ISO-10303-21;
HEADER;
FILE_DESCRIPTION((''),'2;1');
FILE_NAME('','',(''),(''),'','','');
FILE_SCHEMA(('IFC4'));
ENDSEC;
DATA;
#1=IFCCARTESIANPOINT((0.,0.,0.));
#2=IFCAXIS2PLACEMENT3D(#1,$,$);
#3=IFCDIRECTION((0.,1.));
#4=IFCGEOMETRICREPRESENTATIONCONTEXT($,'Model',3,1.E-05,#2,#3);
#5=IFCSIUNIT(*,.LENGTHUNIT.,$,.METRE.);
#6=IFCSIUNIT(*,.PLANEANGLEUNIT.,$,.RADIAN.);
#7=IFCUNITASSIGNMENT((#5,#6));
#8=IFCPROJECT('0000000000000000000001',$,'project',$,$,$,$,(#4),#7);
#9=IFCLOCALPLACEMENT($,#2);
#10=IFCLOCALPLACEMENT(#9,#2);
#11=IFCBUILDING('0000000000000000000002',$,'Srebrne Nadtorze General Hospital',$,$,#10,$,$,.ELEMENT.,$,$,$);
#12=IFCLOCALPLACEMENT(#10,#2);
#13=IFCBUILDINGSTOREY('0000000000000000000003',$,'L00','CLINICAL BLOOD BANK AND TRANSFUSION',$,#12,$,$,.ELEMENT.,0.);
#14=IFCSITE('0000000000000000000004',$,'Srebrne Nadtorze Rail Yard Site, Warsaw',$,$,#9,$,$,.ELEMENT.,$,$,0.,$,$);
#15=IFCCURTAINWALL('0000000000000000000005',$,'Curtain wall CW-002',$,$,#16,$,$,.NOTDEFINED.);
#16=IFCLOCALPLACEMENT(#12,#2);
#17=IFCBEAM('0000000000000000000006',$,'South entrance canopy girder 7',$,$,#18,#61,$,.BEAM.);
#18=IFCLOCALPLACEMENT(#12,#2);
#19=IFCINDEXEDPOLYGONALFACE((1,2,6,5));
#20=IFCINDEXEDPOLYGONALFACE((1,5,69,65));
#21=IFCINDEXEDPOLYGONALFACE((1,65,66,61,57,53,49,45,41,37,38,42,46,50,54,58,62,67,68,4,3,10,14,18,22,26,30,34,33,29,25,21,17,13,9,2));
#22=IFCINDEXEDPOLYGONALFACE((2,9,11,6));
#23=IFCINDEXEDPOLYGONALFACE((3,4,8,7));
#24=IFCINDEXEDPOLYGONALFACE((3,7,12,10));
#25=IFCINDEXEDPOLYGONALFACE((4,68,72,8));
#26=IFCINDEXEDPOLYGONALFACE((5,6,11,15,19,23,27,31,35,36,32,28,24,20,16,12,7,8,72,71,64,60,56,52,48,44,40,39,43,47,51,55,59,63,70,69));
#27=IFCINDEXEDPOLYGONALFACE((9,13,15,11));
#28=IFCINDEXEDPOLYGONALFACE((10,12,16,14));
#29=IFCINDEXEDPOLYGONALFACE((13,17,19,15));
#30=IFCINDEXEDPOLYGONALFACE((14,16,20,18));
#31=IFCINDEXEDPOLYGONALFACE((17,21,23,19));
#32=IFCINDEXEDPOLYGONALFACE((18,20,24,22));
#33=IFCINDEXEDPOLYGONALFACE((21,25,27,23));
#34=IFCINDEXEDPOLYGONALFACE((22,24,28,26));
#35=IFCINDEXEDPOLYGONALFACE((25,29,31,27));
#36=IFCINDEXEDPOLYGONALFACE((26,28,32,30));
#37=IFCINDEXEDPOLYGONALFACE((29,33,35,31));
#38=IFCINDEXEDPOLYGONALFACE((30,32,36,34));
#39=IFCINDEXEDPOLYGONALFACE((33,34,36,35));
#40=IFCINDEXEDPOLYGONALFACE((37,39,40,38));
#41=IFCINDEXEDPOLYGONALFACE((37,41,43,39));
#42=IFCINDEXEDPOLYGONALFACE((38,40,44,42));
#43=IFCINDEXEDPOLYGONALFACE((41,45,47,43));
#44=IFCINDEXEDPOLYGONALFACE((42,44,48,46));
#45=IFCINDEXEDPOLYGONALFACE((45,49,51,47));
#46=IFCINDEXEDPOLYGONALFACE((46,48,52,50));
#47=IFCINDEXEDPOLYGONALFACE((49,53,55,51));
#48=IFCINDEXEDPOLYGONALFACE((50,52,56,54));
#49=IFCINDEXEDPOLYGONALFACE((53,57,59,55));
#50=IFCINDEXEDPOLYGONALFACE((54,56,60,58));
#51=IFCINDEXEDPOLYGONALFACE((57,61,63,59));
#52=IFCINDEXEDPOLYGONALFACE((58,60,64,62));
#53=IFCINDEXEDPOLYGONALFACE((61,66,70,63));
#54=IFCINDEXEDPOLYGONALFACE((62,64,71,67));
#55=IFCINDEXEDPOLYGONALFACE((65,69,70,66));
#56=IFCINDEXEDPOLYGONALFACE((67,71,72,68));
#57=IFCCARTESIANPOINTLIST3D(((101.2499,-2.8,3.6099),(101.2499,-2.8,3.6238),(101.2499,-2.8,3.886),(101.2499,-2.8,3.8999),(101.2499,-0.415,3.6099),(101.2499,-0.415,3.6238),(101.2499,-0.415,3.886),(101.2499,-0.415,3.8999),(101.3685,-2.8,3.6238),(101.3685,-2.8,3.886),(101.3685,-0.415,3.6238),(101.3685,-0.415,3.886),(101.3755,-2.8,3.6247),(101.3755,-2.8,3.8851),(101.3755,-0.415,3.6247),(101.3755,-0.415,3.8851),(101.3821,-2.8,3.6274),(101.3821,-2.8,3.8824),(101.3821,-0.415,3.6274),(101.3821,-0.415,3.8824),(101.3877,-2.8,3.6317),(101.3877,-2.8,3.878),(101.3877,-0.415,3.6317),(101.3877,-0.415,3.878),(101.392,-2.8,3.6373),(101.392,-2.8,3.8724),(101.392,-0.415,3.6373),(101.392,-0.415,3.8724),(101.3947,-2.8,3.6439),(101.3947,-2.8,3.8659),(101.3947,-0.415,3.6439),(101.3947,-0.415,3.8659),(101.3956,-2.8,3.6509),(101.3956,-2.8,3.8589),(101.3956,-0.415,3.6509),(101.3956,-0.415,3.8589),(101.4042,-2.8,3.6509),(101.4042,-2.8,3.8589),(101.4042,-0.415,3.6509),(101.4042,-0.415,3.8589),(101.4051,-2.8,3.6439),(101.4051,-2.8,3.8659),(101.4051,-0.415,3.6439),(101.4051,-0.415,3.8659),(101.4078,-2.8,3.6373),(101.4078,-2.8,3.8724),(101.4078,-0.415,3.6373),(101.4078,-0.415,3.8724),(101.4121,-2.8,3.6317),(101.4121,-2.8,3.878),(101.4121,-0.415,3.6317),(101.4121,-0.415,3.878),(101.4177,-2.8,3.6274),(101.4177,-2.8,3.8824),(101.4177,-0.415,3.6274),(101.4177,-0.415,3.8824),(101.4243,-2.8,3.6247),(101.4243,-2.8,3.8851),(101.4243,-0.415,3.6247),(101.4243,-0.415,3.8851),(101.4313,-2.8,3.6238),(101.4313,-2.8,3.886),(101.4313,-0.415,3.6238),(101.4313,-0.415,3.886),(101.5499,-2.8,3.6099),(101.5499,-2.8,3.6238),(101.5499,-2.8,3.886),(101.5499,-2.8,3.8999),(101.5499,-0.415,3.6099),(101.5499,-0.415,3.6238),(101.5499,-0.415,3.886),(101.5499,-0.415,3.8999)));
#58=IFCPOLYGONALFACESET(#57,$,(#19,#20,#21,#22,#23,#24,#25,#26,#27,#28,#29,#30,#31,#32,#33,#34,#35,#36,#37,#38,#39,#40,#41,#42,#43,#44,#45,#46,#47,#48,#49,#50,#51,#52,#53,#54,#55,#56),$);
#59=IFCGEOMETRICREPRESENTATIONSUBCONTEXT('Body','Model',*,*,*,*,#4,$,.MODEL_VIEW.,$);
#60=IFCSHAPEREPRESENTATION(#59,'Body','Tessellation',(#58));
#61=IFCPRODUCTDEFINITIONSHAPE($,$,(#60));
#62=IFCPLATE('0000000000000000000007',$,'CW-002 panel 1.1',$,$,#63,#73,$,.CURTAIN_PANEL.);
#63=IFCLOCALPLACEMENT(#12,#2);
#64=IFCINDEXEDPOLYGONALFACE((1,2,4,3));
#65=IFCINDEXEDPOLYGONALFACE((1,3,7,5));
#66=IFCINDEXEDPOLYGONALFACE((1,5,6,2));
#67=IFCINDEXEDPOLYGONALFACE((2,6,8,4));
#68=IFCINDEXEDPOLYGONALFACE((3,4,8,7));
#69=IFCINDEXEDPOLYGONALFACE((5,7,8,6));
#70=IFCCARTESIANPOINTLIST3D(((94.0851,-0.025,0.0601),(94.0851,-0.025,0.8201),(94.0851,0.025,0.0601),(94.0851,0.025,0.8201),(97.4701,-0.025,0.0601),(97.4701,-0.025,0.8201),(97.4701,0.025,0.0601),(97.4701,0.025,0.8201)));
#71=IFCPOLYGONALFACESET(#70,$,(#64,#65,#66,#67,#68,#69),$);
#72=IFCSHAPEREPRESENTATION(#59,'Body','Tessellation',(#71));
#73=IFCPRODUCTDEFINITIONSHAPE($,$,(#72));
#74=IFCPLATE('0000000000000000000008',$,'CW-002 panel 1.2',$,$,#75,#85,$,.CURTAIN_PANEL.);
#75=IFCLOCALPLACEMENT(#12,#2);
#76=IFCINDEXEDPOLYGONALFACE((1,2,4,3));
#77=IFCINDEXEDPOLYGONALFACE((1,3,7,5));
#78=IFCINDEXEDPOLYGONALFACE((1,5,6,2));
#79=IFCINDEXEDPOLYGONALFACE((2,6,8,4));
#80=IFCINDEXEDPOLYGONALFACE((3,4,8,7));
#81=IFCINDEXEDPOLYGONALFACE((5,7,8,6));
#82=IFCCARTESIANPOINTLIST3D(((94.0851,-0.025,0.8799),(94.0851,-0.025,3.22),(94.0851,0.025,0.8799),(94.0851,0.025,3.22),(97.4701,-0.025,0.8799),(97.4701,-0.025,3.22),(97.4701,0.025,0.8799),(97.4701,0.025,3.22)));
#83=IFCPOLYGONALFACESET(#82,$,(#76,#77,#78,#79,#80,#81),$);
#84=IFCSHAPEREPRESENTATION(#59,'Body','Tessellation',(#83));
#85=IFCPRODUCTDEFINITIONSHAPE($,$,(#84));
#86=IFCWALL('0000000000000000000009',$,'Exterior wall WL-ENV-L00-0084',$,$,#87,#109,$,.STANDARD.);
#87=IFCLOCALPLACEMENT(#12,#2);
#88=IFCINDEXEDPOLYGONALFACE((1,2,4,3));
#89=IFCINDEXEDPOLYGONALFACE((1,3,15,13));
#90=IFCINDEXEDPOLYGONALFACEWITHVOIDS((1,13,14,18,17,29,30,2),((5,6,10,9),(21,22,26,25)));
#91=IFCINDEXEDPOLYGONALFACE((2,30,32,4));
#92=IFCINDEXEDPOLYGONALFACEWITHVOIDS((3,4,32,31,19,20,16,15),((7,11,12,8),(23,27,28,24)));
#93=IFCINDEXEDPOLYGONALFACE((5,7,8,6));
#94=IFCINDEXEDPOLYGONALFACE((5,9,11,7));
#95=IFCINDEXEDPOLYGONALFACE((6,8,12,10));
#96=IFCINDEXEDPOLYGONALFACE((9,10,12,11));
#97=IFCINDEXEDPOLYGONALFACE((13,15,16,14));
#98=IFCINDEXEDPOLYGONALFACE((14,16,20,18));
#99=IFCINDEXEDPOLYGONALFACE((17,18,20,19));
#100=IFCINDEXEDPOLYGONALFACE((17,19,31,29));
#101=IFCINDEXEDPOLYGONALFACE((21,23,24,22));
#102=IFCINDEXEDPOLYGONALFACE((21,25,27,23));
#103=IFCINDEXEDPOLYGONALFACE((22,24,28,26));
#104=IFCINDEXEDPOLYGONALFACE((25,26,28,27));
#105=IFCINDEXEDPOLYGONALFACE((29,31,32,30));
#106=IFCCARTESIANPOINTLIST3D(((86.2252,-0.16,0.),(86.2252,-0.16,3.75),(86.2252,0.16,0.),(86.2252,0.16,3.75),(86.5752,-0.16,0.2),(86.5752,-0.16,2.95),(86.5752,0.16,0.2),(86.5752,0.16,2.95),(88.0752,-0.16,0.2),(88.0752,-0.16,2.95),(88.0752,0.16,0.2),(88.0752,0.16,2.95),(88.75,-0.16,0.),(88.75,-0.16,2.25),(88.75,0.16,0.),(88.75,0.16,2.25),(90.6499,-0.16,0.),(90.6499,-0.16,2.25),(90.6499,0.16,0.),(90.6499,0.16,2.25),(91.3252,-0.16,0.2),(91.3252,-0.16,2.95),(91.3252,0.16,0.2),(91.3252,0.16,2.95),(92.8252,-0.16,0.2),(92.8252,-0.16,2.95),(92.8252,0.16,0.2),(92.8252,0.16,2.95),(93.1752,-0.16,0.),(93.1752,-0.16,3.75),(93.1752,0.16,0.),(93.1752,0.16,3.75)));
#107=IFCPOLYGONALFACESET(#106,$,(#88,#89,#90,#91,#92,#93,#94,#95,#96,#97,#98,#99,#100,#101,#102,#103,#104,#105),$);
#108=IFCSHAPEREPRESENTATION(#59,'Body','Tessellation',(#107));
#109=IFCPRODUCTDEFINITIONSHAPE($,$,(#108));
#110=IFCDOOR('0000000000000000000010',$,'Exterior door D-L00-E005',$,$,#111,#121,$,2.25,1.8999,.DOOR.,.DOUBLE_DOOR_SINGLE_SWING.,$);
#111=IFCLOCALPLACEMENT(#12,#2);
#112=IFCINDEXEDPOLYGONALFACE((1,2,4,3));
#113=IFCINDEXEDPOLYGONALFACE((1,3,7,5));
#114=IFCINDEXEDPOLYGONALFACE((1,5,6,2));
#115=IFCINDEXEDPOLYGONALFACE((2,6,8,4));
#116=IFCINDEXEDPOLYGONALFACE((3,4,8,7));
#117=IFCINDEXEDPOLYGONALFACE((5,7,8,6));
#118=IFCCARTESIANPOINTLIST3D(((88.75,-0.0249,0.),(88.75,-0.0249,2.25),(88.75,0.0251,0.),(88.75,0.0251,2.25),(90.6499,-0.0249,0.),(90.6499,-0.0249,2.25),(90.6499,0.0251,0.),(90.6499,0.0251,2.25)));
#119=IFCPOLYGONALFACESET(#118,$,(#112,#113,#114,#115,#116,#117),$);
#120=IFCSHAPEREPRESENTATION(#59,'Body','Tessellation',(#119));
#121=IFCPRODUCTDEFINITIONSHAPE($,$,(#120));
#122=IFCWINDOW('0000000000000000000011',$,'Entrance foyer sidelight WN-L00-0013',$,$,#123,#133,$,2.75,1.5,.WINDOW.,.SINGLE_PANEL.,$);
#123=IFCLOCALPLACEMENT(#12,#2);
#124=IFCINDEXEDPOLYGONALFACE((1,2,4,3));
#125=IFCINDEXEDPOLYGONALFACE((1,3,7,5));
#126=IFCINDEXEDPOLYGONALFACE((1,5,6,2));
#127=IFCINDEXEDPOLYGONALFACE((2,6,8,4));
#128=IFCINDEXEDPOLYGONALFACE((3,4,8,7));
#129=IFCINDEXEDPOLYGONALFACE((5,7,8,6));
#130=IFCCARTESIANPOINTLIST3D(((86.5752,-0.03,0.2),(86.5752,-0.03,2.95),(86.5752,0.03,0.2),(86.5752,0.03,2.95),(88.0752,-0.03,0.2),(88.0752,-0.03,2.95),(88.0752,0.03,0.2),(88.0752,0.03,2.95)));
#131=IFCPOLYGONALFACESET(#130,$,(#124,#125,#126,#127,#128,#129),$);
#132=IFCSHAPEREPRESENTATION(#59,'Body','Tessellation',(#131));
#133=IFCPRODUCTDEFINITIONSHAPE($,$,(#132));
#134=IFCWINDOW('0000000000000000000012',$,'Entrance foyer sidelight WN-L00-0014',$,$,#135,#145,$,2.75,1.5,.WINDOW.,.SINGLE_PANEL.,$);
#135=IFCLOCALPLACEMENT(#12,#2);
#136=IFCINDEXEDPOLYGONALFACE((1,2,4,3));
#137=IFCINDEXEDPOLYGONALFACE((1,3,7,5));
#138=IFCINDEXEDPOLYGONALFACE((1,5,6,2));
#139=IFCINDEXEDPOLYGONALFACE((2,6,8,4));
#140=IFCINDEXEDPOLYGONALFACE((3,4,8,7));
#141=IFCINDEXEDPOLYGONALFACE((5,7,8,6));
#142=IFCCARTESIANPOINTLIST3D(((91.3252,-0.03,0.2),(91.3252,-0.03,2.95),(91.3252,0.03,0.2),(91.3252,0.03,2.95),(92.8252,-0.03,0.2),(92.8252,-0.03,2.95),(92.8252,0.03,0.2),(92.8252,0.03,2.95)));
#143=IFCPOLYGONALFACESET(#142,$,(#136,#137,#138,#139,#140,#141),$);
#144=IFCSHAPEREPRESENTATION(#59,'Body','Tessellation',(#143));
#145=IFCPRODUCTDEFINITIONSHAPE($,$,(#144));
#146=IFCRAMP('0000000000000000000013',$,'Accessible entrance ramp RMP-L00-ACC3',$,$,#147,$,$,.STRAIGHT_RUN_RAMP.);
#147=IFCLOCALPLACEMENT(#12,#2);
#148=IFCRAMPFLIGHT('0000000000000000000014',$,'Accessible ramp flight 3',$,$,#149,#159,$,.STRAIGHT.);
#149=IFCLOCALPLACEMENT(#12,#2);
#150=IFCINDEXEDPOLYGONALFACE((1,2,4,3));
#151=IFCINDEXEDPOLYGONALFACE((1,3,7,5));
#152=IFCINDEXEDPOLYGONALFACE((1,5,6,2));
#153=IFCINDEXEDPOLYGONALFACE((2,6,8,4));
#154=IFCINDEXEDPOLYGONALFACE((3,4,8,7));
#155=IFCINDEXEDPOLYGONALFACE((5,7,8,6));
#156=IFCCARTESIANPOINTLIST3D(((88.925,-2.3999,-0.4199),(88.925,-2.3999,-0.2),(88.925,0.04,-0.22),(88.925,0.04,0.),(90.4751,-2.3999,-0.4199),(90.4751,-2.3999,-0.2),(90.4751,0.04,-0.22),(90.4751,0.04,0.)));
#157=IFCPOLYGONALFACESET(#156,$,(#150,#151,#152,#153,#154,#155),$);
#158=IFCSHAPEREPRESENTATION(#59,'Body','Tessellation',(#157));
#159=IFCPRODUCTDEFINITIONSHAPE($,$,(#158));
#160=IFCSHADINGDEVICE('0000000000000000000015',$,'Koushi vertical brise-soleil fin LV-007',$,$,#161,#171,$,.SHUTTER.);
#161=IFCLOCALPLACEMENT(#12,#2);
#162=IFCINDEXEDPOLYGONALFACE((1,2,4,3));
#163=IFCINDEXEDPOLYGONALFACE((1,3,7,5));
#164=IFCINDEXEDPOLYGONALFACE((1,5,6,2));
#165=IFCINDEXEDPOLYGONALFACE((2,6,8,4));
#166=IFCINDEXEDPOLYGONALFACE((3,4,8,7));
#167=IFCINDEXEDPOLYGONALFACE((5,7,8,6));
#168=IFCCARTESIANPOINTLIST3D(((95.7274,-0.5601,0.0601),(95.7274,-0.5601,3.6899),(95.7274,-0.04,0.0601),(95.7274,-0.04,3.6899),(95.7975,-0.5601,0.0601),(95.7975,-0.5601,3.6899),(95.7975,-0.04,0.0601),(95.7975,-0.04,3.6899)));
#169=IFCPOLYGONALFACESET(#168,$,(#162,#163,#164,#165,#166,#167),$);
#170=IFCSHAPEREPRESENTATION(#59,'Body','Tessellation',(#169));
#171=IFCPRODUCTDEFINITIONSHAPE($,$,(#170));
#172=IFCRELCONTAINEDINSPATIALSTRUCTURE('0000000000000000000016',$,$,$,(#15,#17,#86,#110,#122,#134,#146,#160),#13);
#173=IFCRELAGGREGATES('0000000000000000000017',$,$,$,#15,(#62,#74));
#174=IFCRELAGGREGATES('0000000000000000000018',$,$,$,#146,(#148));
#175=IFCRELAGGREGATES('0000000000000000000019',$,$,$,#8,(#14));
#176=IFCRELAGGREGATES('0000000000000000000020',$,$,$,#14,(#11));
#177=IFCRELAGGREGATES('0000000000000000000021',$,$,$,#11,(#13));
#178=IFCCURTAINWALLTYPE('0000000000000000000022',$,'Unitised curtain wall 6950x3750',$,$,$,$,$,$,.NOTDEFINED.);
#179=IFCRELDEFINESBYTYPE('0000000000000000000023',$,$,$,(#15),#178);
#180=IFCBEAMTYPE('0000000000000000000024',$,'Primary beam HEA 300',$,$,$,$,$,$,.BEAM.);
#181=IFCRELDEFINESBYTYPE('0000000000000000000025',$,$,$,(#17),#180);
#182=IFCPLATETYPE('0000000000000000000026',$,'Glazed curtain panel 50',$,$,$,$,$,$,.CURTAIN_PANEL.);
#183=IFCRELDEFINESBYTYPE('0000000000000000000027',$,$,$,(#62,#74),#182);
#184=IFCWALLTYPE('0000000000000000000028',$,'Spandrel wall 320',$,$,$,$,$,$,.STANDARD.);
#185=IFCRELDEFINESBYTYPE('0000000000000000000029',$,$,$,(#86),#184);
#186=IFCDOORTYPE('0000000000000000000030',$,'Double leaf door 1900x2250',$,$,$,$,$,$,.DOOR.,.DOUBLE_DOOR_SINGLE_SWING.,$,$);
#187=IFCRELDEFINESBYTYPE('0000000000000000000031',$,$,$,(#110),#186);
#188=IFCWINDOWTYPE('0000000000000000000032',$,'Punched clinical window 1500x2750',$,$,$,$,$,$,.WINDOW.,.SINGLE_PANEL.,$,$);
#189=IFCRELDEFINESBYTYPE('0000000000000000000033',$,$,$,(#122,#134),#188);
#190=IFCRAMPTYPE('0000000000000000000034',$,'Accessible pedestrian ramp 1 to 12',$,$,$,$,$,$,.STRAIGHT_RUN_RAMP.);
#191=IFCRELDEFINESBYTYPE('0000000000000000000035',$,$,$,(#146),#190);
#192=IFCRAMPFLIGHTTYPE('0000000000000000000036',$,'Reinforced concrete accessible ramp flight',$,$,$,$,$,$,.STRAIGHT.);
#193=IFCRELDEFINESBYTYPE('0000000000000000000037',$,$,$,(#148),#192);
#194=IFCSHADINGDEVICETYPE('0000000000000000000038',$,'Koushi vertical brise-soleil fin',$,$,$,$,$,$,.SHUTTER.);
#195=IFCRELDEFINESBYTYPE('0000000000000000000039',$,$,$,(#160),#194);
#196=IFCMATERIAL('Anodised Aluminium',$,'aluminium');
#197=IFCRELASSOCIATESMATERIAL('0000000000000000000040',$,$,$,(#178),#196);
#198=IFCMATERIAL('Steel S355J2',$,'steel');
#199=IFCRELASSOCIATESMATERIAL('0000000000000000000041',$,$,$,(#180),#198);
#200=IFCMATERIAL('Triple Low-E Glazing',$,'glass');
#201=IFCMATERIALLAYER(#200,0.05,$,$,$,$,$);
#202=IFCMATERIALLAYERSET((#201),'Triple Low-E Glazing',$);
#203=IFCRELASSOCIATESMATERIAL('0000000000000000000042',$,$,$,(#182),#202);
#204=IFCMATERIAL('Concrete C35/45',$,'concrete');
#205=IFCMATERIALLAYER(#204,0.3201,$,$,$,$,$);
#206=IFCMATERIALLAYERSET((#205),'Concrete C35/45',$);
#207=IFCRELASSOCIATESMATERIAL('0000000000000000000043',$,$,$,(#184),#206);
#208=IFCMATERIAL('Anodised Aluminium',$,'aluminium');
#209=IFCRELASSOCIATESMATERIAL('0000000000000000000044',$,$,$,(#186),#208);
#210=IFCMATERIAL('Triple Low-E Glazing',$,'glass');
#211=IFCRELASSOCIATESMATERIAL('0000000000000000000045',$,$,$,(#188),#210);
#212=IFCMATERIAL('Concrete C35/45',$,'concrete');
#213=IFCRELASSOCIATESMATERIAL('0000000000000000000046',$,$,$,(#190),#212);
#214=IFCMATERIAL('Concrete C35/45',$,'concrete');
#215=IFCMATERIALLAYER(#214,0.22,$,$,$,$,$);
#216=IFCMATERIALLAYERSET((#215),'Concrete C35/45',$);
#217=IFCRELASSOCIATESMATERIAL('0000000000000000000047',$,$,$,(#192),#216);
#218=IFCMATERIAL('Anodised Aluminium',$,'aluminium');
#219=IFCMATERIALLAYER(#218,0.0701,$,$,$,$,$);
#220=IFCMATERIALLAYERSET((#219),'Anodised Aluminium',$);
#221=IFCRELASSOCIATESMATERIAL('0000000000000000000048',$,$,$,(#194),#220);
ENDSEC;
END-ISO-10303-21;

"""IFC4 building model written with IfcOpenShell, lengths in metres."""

from ifc_helpers import new_model, si_unit, direction, frame, frame_2d, origin, origin_2d, place, context, subcontext, project, spatial, polyline, rectangle, i_section, outline, extrude, material, layer, layer_set, material_profile, profile_set, type_object, element, fill, aggregate, save


model = new_model("IFC4")

# Units and contexts
model_context = context("Model", 3, precision=1e-05, world=origin(), true_north=direction((0.0, 1.0)))
body_context = subcontext(model_context, "Body", "Model", "MODEL_VIEW")
ifc_project = project(units=[si_unit("LENGTHUNIT", "METRE"), si_unit("PLANEANGLEUNIT", "RADIAN")], contexts=[model_context])

# Site, building, storey
site_placement = place(None, origin())
site = spatial("IfcSite", under=ifc_project, at=site_placement, Name="Srebrne Nadtorze Rail Yard Site, Warsaw", CompositionType="ELEMENT", RefElevation=0.0)
building_placement = place(site_placement, origin())
building = spatial("IfcBuilding", under=site, at=building_placement, Name="Srebrne Nadtorze General Hospital", CompositionType="ELEMENT")
storey_placement = place(building_placement, origin())
storey = spatial("IfcBuildingStorey", under=building, at=storey_placement, Name="L00", Description="CLINICAL BLOOD BANK AND TRANSFUSION", CompositionType="ELEMENT", Elevation=0.0)

# Curtain wall
ifc_material_1 = material(Name="Anodised Aluminium", Category="aluminium")
curtain_wall_type = type_object("IfcCurtainWallType", Name="Unitised curtain wall 6950x3750", PredefinedType="NOTDEFINED", material=ifc_material_1)
curtain_wall_placement = place(storey_placement, origin())
curtain_wall = element("IfcCurtainWall", 1, at=curtain_wall_placement, inside=storey, type_object=curtain_wall_type, Name="Curtain wall CW-002", PredefinedType="NOTDEFINED")

# Beam
ifc_material_2 = material(Name="Steel S355J2", Category="steel")
ifc_material_profile_1 = material_profile(ifc_material_2, i_section(OverallWidth=0.3, OverallDepth=0.29, WebThickness=0.0085, FlangeThickness=0.0139, FilletRadius=0.0271, at=origin_2d()), Name="HEA-300")
ifc_profile_set_1 = profile_set([ifc_material_profile_1], Name="Steel S355J2")
beam_type_1 = type_object("IfcBeamType", Name="Primary beam HEA 300", PredefinedType="BEAM", material=ifc_profile_set_1)
for number, where, z_axis, x_axis, name in (
    (2, (101.3999, -0.415, 3.7549), (0.0, -1.0, 0.0), (1.0, 0.0, 0.0), "South entrance canopy girder 7"),
):
    element("IfcBeam", number, at=place(storey_placement, frame(where, z_axis=z_axis, x_axis=x_axis)), inside=storey, type_object=beam_type_1, Name=name, PredefinedType="BEAM", context=body_context, shape_type="SweptSolid", body=[
        extrude(i_section(OverallWidth=0.3, OverallDepth=0.29, WebThickness=0.0085, FlangeThickness=0.0139, FilletRadius=0.0271, at=origin_2d()), origin(), (0.0, 0.0, 1.0), 2.385),
    ])

# Plates
ifc_material_3 = material(Name="Triple Low-E Glazing", Category="glass")
ifc_layer_1 = layer(ifc_material_3, 0.05)
ifc_layer_set_1 = layer_set([ifc_layer_1], Name="Triple Low-E Glazing")
plate_type = type_object("IfcPlateType", Name="Glazed curtain panel 50", PredefinedType="CURTAIN_PANEL", material=ifc_layer_set_1)
plate_1_placement = place(storey_placement, frame((95.7776, 0.0, 0.0601), z_axis=(0.0, 0.0, 1.0), x_axis=(1.0, 0.0, 0.0)))
plate_1 = element("IfcPlate", 3, at=plate_1_placement, type_object=plate_type, Name="CW-002 panel 1.1", PredefinedType="CURTAIN_PANEL", context=body_context, shape_type="SweptSolid", body=[
    extrude(rectangle(XDim=3.385, YDim=0.05, at=origin_2d()), origin(), (0.0, 0.0, 1.0), 0.76),
])
plate_2_placement = place(storey_placement, frame((95.7776, 0.0, 0.8799), z_axis=(0.0, 0.0, 1.0), x_axis=(1.0, 0.0, 0.0)))
plate_2 = element("IfcPlate", 4, at=plate_2_placement, type_object=plate_type, Name="CW-002 panel 1.2", PredefinedType="CURTAIN_PANEL", context=body_context, shape_type="SweptSolid", body=[
    extrude(rectangle(XDim=3.385, YDim=0.05, at=origin_2d()), origin(), (0.0, 0.0, 1.0), 2.3401),
])
aggregate(curtain_wall, [plate_1, plate_2])

# Wall, openings, door, windows
ifc_material_4 = material(Name="Concrete C35/45", Category="concrete")
ifc_layer_2 = layer(ifc_material_4, 0.3201)
ifc_layer_set_2 = layer_set([ifc_layer_2], Name="Concrete C35/45")
wall_type = type_object("IfcWallType", Name="Spandrel wall 320", PredefinedType="STANDARD", material=ifc_layer_set_2)
wall_placement = place(storey_placement, frame((86.2251, 0.0, 0.0), z_axis=(0.0, 0.0, 1.0), x_axis=(1.0, 0.0, 0.0)))
wall = element("IfcWall", 5, at=wall_placement, inside=storey, type_object=wall_type, Name="Exterior wall WL-ENV-L00-0084", PredefinedType="STANDARD", context=body_context, shape_type="SweptSolid", body=[
    extrude(rectangle(XDim=6.95, YDim=0.3201, at=frame_2d((3.4751, 0.0))), origin(), (0.0, 0.0, 1.0), 3.75),
])
opening_1_placement = place(wall_placement, frame((2.5249, 0.0, 0.0)))
opening_1 = element("IfcOpeningElement", 6, at=opening_1_placement, cuts=wall, PredefinedType="OPENING", context=body_context, shape_type="SweptSolid", body=[
    extrude(rectangle(XDim=1.8999, YDim=2.25, at=frame_2d((0.95, 1.125))), frame((0.0, 0.1719, 0.0), z_axis=(0.0, -1.0, 0.0), x_axis=(1.0, 0.0, 0.0)), (0.0, 0.0, 1.0), 0.344),
])
opening_2_placement = place(wall_placement, frame((0.3501, 0.0, 0.2)))
opening_2 = element("IfcOpeningElement", 7, at=opening_2_placement, cuts=wall, PredefinedType="OPENING", context=body_context, shape_type="SweptSolid", body=[
    extrude(rectangle(XDim=1.5, YDim=2.75, at=frame_2d((0.75, 1.375))), frame((0.0, 0.1719, 0.0), z_axis=(0.0, -1.0, 0.0), x_axis=(1.0, 0.0, 0.0)), (0.0, 0.0, 1.0), 0.344),
])
opening_3_placement = place(wall_placement, frame((5.1001, 0.0, 0.2)))
opening_3 = element("IfcOpeningElement", 8, at=opening_3_placement, cuts=wall, PredefinedType="OPENING", context=body_context, shape_type="SweptSolid", body=[
    extrude(rectangle(XDim=1.5, YDim=2.75, at=frame_2d((0.75, 1.375))), frame((0.0, 0.1719, 0.0), z_axis=(0.0, -1.0, 0.0), x_axis=(1.0, 0.0, 0.0)), (0.0, 0.0, 1.0), 0.344),
])
ifc_material_5 = material(Name="Anodised Aluminium", Category="aluminium")
door_type = type_object("IfcDoorType", Name="Double leaf door 1900x2250", OperationType="DOUBLE_DOOR_SINGLE_SWING", PredefinedType="DOOR", material=ifc_material_5)
door_placement = place(opening_1_placement, frame((1.8999, 0.0, 0.0), z_axis=(0.0, 0.0, 1.0), x_axis=(-1.0, 0.0, 0.0)))
door = element("IfcDoor", 9, at=door_placement, inside=storey, type_object=door_type, Name="Exterior door D-L00-E005", OperationType="DOUBLE_DOOR_SINGLE_SWING", OverallHeight=2.25, OverallWidth=1.8999, PredefinedType="DOOR", context=body_context, shape_type="SweptSolid", body=[
    extrude(rectangle(XDim=1.8999, YDim=2.25, at=frame_2d((0.95, 1.125))), frame((0.0, 0.0249, 0.0), z_axis=(0.0, -1.0, 0.0), x_axis=(1.0, 0.0, 0.0)), (0.0, 0.0, 1.0), 0.05),
])
fill(opening_1, door)
ifc_material_6 = material(Name="Triple Low-E Glazing", Category="glass")
window_type = type_object("IfcWindowType", Name="Punched clinical window 1500x2750", PartitioningType="SINGLE_PANEL", PredefinedType="WINDOW", material=ifc_material_6)
window_1_placement = place(opening_2_placement, origin())
window_1 = element("IfcWindow", 10, at=window_1_placement, inside=storey, type_object=window_type, Name="Entrance foyer sidelight WN-L00-0013", OverallHeight=2.75, OverallWidth=1.5, PartitioningType="SINGLE_PANEL", PredefinedType="WINDOW", context=body_context, shape_type="SweptSolid", body=[
    extrude(rectangle(XDim=1.5, YDim=2.75, at=frame_2d((0.75, 1.375))), frame((0.0, 0.03, 0.0), z_axis=(0.0, -1.0, 0.0), x_axis=(1.0, 0.0, 0.0)), (0.0, 0.0, 1.0), 0.0601),
])
fill(opening_2, window_1)
window_2_placement = place(opening_3_placement, origin())
window_2 = element("IfcWindow", 11, at=window_2_placement, inside=storey, type_object=window_type, Name="Entrance foyer sidelight WN-L00-0014", OverallHeight=2.75, OverallWidth=1.5, PartitioningType="SINGLE_PANEL", PredefinedType="WINDOW", context=body_context, shape_type="SweptSolid", body=[
    extrude(rectangle(XDim=1.5, YDim=2.75, at=frame_2d((0.75, 1.375))), frame((0.0, 0.03, 0.0), z_axis=(0.0, -1.0, 0.0), x_axis=(1.0, 0.0, 0.0)), (0.0, 0.0, 1.0), 0.0601),
])
fill(opening_3, window_2)

# Ramp, ramp flight
ifc_material_7 = material(Name="Concrete C35/45", Category="concrete")
ramp_type = type_object("IfcRampType", Name="Accessible pedestrian ramp 1 to 12", PredefinedType="STRAIGHT_RUN_RAMP", material=ifc_material_7)
ramp_placement = place(storey_placement, origin())
ramp = element("IfcRamp", 12, at=ramp_placement, inside=storey, type_object=ramp_type, Name="Accessible entrance ramp RMP-L00-ACC3", PredefinedType="STRAIGHT_RUN_RAMP")
ifc_material_8 = material(Name="Concrete C35/45", Category="concrete")
ifc_layer_3 = layer(ifc_material_8, 0.22)
ifc_layer_set_3 = layer_set([ifc_layer_3], Name="Concrete C35/45")
ramp_flight_type = type_object("IfcRampFlightType", Name="Reinforced concrete accessible ramp flight", PredefinedType="STRAIGHT", material=ifc_layer_set_3)
ramp_flight_placement = place(storey_placement, frame((89.7, -2.3999, -0.2), z_axis=(0.0, 0.0, 1.0), x_axis=(0.0, 1.0, 0.0)))
ramp_flight = element("IfcRampFlight", 13, at=ramp_flight_placement, type_object=ramp_flight_type, Name="Accessible ramp flight 3", PredefinedType="STRAIGHT", context=body_context, shape_type="SweptSolid", body=[
    extrude(outline(polyline([(0.0, 0.0), (2.4399, 0.2), (2.4399, -0.02), (0.0, -0.22), (0.0, 0.0)])), frame((0.0, 0.7749, 0.0), z_axis=(0.0, -1.0, 0.0), x_axis=(1.0, 0.0, 0.0)), (0.0, 0.0, 1.0), 1.55),
])
aggregate(ramp, [ramp_flight])

# Shading device
ifc_material_9 = material(Name="Anodised Aluminium", Category="aluminium")
ifc_layer_4 = layer(ifc_material_9, 0.0701)
ifc_layer_set_4 = layer_set([ifc_layer_4], Name="Anodised Aluminium")
shading_device_type = type_object("IfcShadingDeviceType", Name="Koushi vertical brise-soleil fin", PredefinedType="SHUTTER", material=ifc_layer_set_4)
for number, where, z_axis, x_axis, name in (
    (14, (95.7625, -0.3, 0.0601), (0.0, 0.0, 1.0), (1.0, 0.0, 0.0), "Koushi vertical brise-soleil fin LV-007"),
):
    element("IfcShadingDevice", number, at=place(storey_placement, frame(where, z_axis=z_axis, x_axis=x_axis)), inside=storey, type_object=shading_device_type, Name=name, PredefinedType="SHUTTER", context=body_context, shape_type="SweptSolid", body=[
        extrude(rectangle(XDim=0.0701, YDim=0.52, at=origin_2d()), origin(), (0.0, 0.0, 1.0), 3.6299),
    ])

save(model, "model.ifc")
